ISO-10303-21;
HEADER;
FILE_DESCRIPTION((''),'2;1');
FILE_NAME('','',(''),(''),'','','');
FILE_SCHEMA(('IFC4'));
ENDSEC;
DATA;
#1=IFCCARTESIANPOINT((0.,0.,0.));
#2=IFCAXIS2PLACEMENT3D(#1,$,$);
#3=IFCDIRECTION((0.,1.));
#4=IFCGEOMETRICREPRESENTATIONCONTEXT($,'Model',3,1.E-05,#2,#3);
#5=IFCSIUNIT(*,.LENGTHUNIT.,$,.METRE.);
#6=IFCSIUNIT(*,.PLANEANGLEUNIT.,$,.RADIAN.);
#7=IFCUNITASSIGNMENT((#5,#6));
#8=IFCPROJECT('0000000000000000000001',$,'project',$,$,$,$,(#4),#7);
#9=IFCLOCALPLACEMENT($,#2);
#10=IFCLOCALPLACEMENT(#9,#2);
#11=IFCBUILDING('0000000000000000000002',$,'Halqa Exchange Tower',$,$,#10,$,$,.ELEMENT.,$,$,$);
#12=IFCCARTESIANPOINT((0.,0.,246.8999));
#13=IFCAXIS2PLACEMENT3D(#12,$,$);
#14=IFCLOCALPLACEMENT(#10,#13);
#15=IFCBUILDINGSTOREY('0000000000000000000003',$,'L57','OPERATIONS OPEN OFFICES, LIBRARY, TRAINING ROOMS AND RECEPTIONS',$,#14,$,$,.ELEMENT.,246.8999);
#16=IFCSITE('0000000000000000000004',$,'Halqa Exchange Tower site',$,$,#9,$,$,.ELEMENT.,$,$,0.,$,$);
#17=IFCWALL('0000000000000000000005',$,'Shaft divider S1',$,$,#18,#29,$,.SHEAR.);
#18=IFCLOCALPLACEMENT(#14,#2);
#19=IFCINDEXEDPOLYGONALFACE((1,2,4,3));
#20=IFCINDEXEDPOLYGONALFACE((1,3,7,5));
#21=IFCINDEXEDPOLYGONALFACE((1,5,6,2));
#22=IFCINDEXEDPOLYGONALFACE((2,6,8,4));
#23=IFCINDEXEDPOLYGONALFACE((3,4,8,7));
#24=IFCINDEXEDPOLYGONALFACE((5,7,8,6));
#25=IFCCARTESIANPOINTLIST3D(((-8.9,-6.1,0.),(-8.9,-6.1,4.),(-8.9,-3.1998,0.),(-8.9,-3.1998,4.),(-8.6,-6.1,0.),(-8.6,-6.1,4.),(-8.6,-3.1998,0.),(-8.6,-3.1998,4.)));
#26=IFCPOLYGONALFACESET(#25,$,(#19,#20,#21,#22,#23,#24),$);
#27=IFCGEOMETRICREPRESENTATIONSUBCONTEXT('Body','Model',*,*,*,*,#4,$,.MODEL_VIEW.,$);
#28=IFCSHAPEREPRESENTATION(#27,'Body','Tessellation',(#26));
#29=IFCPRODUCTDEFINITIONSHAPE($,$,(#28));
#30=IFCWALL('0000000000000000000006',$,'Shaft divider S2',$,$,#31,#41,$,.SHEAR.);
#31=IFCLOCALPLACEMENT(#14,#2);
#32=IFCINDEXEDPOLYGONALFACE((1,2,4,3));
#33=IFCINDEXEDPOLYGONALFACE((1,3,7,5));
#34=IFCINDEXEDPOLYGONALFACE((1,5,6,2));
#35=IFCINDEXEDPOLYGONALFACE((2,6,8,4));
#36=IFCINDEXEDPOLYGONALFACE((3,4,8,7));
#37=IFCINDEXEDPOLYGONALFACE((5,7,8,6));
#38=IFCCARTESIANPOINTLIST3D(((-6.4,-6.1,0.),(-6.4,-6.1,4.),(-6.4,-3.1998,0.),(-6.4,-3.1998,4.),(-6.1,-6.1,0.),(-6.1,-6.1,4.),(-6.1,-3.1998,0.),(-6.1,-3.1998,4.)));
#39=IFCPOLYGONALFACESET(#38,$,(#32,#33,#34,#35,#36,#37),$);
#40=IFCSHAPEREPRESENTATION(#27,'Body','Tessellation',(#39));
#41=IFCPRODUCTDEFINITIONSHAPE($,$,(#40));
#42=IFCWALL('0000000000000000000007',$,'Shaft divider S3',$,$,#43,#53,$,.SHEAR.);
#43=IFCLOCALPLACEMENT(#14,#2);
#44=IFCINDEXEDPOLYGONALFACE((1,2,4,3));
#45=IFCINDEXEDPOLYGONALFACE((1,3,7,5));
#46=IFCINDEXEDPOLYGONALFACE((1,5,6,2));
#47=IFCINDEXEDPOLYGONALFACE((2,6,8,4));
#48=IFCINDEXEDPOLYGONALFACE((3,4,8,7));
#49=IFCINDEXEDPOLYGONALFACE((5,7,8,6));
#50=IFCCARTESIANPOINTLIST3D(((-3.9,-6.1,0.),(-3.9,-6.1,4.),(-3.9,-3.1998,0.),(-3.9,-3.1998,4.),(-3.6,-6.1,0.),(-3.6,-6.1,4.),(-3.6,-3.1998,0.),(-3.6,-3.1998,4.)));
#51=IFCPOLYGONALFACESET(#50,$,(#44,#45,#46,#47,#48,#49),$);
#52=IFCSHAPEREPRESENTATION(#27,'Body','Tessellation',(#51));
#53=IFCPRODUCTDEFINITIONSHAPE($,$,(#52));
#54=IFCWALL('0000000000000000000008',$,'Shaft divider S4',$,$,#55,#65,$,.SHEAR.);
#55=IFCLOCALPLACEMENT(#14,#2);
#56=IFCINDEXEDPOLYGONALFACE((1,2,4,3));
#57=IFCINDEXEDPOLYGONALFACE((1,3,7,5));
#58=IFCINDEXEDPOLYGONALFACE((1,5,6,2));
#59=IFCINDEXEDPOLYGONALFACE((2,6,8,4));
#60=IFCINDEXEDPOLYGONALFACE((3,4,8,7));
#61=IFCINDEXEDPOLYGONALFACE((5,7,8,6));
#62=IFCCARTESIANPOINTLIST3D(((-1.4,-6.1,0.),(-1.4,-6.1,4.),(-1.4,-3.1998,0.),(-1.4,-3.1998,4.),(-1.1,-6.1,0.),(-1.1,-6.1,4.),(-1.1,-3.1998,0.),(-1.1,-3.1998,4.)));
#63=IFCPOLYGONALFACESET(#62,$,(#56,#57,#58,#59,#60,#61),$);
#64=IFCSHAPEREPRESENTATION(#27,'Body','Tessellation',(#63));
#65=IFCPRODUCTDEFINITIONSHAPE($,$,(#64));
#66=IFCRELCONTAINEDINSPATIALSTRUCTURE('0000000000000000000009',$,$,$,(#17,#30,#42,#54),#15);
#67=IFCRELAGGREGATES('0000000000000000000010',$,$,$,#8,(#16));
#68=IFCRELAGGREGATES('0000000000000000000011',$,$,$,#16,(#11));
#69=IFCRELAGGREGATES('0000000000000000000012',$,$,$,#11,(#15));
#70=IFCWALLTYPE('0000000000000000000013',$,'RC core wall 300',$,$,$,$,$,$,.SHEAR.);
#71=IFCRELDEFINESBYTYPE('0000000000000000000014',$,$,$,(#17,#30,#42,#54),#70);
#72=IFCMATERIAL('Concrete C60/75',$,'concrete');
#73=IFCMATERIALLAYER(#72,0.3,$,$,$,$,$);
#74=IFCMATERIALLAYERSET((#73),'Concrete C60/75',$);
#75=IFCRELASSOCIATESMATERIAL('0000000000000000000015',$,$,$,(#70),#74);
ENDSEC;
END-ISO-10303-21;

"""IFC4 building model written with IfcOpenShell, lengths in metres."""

from ifc_helpers import new_model, si_unit, direction, frame, frame_2d, origin, place, context, subcontext, project, spatial, rectangle, extrude, material, layer, layer_set, type_object, element, save


model = new_model("IFC4")

# Units and contexts
model_context = context("Model", 3, precision=1e-05, world=origin(), true_north=direction((0.0, 1.0)))
body_context = subcontext(model_context, "Body", "Model", "MODEL_VIEW")
ifc_project = project(units=[si_unit("LENGTHUNIT", "METRE"), si_unit("PLANEANGLEUNIT", "RADIAN")], contexts=[model_context])

# Site, building, storey
site_placement = place(None, origin())
site = spatial("IfcSite", under=ifc_project, at=site_placement, Name="Halqa Exchange Tower site", CompositionType="ELEMENT", RefElevation=0.0)
building_placement = place(site_placement, origin())
building = spatial("IfcBuilding", under=site, at=building_placement, Name="Halqa Exchange Tower", CompositionType="ELEMENT")
storey_placement = place(building_placement, frame((0.0, 0.0, 246.8999)))
storey = spatial("IfcBuildingStorey", under=building, at=storey_placement, Name="L57", Description="OPERATIONS OPEN OFFICES, LIBRARY, TRAINING ROOMS AND RECEPTIONS", CompositionType="ELEMENT", Elevation=246.8999)

# Walls
ifc_material_1 = material(Name="Concrete C60/75", Category="concrete")
ifc_layer_1 = layer(ifc_material_1, 0.3)
ifc_layer_set_1 = layer_set([ifc_layer_1], Name="Concrete C60/75")
wall_type_1 = type_object("IfcWallType", Name="RC core wall 300", PredefinedType="SHEAR", material=ifc_layer_set_1)
for number, where, z_axis, x_axis, name in (
    (1, (-8.75, -6.1001, 0.0), (0.0, 0.0, 1.0), (0.0, 1.0, 0.0), "Shaft divider S1"),
    (2, (-6.25, -6.1001, 0.0), (0.0, 0.0, 1.0), (0.0, 1.0, 0.0), "Shaft divider S2"),
    (3, (-3.75, -6.1001, 0.0), (0.0, 0.0, 1.0), (0.0, 1.0, 0.0), "Shaft divider S3"),
    (4, (-1.25, -6.1001, 0.0), (0.0, 0.0, 1.0), (0.0, 1.0, 0.0), "Shaft divider S4"),
):
    element("IfcWall", number, at=place(storey_placement, frame(where, z_axis=z_axis, x_axis=x_axis)), inside=storey, type_object=wall_type_1, Name=name, PredefinedType="SHEAR", context=body_context, shape_type="SweptSolid", body=[
        extrude(rectangle(XDim=2.9001, YDim=0.3, at=frame_2d((1.4502, 0.0))), origin(), (0.0, 0.0, 1.0), 4.0),
    ])

save(model, "model.ifc")
